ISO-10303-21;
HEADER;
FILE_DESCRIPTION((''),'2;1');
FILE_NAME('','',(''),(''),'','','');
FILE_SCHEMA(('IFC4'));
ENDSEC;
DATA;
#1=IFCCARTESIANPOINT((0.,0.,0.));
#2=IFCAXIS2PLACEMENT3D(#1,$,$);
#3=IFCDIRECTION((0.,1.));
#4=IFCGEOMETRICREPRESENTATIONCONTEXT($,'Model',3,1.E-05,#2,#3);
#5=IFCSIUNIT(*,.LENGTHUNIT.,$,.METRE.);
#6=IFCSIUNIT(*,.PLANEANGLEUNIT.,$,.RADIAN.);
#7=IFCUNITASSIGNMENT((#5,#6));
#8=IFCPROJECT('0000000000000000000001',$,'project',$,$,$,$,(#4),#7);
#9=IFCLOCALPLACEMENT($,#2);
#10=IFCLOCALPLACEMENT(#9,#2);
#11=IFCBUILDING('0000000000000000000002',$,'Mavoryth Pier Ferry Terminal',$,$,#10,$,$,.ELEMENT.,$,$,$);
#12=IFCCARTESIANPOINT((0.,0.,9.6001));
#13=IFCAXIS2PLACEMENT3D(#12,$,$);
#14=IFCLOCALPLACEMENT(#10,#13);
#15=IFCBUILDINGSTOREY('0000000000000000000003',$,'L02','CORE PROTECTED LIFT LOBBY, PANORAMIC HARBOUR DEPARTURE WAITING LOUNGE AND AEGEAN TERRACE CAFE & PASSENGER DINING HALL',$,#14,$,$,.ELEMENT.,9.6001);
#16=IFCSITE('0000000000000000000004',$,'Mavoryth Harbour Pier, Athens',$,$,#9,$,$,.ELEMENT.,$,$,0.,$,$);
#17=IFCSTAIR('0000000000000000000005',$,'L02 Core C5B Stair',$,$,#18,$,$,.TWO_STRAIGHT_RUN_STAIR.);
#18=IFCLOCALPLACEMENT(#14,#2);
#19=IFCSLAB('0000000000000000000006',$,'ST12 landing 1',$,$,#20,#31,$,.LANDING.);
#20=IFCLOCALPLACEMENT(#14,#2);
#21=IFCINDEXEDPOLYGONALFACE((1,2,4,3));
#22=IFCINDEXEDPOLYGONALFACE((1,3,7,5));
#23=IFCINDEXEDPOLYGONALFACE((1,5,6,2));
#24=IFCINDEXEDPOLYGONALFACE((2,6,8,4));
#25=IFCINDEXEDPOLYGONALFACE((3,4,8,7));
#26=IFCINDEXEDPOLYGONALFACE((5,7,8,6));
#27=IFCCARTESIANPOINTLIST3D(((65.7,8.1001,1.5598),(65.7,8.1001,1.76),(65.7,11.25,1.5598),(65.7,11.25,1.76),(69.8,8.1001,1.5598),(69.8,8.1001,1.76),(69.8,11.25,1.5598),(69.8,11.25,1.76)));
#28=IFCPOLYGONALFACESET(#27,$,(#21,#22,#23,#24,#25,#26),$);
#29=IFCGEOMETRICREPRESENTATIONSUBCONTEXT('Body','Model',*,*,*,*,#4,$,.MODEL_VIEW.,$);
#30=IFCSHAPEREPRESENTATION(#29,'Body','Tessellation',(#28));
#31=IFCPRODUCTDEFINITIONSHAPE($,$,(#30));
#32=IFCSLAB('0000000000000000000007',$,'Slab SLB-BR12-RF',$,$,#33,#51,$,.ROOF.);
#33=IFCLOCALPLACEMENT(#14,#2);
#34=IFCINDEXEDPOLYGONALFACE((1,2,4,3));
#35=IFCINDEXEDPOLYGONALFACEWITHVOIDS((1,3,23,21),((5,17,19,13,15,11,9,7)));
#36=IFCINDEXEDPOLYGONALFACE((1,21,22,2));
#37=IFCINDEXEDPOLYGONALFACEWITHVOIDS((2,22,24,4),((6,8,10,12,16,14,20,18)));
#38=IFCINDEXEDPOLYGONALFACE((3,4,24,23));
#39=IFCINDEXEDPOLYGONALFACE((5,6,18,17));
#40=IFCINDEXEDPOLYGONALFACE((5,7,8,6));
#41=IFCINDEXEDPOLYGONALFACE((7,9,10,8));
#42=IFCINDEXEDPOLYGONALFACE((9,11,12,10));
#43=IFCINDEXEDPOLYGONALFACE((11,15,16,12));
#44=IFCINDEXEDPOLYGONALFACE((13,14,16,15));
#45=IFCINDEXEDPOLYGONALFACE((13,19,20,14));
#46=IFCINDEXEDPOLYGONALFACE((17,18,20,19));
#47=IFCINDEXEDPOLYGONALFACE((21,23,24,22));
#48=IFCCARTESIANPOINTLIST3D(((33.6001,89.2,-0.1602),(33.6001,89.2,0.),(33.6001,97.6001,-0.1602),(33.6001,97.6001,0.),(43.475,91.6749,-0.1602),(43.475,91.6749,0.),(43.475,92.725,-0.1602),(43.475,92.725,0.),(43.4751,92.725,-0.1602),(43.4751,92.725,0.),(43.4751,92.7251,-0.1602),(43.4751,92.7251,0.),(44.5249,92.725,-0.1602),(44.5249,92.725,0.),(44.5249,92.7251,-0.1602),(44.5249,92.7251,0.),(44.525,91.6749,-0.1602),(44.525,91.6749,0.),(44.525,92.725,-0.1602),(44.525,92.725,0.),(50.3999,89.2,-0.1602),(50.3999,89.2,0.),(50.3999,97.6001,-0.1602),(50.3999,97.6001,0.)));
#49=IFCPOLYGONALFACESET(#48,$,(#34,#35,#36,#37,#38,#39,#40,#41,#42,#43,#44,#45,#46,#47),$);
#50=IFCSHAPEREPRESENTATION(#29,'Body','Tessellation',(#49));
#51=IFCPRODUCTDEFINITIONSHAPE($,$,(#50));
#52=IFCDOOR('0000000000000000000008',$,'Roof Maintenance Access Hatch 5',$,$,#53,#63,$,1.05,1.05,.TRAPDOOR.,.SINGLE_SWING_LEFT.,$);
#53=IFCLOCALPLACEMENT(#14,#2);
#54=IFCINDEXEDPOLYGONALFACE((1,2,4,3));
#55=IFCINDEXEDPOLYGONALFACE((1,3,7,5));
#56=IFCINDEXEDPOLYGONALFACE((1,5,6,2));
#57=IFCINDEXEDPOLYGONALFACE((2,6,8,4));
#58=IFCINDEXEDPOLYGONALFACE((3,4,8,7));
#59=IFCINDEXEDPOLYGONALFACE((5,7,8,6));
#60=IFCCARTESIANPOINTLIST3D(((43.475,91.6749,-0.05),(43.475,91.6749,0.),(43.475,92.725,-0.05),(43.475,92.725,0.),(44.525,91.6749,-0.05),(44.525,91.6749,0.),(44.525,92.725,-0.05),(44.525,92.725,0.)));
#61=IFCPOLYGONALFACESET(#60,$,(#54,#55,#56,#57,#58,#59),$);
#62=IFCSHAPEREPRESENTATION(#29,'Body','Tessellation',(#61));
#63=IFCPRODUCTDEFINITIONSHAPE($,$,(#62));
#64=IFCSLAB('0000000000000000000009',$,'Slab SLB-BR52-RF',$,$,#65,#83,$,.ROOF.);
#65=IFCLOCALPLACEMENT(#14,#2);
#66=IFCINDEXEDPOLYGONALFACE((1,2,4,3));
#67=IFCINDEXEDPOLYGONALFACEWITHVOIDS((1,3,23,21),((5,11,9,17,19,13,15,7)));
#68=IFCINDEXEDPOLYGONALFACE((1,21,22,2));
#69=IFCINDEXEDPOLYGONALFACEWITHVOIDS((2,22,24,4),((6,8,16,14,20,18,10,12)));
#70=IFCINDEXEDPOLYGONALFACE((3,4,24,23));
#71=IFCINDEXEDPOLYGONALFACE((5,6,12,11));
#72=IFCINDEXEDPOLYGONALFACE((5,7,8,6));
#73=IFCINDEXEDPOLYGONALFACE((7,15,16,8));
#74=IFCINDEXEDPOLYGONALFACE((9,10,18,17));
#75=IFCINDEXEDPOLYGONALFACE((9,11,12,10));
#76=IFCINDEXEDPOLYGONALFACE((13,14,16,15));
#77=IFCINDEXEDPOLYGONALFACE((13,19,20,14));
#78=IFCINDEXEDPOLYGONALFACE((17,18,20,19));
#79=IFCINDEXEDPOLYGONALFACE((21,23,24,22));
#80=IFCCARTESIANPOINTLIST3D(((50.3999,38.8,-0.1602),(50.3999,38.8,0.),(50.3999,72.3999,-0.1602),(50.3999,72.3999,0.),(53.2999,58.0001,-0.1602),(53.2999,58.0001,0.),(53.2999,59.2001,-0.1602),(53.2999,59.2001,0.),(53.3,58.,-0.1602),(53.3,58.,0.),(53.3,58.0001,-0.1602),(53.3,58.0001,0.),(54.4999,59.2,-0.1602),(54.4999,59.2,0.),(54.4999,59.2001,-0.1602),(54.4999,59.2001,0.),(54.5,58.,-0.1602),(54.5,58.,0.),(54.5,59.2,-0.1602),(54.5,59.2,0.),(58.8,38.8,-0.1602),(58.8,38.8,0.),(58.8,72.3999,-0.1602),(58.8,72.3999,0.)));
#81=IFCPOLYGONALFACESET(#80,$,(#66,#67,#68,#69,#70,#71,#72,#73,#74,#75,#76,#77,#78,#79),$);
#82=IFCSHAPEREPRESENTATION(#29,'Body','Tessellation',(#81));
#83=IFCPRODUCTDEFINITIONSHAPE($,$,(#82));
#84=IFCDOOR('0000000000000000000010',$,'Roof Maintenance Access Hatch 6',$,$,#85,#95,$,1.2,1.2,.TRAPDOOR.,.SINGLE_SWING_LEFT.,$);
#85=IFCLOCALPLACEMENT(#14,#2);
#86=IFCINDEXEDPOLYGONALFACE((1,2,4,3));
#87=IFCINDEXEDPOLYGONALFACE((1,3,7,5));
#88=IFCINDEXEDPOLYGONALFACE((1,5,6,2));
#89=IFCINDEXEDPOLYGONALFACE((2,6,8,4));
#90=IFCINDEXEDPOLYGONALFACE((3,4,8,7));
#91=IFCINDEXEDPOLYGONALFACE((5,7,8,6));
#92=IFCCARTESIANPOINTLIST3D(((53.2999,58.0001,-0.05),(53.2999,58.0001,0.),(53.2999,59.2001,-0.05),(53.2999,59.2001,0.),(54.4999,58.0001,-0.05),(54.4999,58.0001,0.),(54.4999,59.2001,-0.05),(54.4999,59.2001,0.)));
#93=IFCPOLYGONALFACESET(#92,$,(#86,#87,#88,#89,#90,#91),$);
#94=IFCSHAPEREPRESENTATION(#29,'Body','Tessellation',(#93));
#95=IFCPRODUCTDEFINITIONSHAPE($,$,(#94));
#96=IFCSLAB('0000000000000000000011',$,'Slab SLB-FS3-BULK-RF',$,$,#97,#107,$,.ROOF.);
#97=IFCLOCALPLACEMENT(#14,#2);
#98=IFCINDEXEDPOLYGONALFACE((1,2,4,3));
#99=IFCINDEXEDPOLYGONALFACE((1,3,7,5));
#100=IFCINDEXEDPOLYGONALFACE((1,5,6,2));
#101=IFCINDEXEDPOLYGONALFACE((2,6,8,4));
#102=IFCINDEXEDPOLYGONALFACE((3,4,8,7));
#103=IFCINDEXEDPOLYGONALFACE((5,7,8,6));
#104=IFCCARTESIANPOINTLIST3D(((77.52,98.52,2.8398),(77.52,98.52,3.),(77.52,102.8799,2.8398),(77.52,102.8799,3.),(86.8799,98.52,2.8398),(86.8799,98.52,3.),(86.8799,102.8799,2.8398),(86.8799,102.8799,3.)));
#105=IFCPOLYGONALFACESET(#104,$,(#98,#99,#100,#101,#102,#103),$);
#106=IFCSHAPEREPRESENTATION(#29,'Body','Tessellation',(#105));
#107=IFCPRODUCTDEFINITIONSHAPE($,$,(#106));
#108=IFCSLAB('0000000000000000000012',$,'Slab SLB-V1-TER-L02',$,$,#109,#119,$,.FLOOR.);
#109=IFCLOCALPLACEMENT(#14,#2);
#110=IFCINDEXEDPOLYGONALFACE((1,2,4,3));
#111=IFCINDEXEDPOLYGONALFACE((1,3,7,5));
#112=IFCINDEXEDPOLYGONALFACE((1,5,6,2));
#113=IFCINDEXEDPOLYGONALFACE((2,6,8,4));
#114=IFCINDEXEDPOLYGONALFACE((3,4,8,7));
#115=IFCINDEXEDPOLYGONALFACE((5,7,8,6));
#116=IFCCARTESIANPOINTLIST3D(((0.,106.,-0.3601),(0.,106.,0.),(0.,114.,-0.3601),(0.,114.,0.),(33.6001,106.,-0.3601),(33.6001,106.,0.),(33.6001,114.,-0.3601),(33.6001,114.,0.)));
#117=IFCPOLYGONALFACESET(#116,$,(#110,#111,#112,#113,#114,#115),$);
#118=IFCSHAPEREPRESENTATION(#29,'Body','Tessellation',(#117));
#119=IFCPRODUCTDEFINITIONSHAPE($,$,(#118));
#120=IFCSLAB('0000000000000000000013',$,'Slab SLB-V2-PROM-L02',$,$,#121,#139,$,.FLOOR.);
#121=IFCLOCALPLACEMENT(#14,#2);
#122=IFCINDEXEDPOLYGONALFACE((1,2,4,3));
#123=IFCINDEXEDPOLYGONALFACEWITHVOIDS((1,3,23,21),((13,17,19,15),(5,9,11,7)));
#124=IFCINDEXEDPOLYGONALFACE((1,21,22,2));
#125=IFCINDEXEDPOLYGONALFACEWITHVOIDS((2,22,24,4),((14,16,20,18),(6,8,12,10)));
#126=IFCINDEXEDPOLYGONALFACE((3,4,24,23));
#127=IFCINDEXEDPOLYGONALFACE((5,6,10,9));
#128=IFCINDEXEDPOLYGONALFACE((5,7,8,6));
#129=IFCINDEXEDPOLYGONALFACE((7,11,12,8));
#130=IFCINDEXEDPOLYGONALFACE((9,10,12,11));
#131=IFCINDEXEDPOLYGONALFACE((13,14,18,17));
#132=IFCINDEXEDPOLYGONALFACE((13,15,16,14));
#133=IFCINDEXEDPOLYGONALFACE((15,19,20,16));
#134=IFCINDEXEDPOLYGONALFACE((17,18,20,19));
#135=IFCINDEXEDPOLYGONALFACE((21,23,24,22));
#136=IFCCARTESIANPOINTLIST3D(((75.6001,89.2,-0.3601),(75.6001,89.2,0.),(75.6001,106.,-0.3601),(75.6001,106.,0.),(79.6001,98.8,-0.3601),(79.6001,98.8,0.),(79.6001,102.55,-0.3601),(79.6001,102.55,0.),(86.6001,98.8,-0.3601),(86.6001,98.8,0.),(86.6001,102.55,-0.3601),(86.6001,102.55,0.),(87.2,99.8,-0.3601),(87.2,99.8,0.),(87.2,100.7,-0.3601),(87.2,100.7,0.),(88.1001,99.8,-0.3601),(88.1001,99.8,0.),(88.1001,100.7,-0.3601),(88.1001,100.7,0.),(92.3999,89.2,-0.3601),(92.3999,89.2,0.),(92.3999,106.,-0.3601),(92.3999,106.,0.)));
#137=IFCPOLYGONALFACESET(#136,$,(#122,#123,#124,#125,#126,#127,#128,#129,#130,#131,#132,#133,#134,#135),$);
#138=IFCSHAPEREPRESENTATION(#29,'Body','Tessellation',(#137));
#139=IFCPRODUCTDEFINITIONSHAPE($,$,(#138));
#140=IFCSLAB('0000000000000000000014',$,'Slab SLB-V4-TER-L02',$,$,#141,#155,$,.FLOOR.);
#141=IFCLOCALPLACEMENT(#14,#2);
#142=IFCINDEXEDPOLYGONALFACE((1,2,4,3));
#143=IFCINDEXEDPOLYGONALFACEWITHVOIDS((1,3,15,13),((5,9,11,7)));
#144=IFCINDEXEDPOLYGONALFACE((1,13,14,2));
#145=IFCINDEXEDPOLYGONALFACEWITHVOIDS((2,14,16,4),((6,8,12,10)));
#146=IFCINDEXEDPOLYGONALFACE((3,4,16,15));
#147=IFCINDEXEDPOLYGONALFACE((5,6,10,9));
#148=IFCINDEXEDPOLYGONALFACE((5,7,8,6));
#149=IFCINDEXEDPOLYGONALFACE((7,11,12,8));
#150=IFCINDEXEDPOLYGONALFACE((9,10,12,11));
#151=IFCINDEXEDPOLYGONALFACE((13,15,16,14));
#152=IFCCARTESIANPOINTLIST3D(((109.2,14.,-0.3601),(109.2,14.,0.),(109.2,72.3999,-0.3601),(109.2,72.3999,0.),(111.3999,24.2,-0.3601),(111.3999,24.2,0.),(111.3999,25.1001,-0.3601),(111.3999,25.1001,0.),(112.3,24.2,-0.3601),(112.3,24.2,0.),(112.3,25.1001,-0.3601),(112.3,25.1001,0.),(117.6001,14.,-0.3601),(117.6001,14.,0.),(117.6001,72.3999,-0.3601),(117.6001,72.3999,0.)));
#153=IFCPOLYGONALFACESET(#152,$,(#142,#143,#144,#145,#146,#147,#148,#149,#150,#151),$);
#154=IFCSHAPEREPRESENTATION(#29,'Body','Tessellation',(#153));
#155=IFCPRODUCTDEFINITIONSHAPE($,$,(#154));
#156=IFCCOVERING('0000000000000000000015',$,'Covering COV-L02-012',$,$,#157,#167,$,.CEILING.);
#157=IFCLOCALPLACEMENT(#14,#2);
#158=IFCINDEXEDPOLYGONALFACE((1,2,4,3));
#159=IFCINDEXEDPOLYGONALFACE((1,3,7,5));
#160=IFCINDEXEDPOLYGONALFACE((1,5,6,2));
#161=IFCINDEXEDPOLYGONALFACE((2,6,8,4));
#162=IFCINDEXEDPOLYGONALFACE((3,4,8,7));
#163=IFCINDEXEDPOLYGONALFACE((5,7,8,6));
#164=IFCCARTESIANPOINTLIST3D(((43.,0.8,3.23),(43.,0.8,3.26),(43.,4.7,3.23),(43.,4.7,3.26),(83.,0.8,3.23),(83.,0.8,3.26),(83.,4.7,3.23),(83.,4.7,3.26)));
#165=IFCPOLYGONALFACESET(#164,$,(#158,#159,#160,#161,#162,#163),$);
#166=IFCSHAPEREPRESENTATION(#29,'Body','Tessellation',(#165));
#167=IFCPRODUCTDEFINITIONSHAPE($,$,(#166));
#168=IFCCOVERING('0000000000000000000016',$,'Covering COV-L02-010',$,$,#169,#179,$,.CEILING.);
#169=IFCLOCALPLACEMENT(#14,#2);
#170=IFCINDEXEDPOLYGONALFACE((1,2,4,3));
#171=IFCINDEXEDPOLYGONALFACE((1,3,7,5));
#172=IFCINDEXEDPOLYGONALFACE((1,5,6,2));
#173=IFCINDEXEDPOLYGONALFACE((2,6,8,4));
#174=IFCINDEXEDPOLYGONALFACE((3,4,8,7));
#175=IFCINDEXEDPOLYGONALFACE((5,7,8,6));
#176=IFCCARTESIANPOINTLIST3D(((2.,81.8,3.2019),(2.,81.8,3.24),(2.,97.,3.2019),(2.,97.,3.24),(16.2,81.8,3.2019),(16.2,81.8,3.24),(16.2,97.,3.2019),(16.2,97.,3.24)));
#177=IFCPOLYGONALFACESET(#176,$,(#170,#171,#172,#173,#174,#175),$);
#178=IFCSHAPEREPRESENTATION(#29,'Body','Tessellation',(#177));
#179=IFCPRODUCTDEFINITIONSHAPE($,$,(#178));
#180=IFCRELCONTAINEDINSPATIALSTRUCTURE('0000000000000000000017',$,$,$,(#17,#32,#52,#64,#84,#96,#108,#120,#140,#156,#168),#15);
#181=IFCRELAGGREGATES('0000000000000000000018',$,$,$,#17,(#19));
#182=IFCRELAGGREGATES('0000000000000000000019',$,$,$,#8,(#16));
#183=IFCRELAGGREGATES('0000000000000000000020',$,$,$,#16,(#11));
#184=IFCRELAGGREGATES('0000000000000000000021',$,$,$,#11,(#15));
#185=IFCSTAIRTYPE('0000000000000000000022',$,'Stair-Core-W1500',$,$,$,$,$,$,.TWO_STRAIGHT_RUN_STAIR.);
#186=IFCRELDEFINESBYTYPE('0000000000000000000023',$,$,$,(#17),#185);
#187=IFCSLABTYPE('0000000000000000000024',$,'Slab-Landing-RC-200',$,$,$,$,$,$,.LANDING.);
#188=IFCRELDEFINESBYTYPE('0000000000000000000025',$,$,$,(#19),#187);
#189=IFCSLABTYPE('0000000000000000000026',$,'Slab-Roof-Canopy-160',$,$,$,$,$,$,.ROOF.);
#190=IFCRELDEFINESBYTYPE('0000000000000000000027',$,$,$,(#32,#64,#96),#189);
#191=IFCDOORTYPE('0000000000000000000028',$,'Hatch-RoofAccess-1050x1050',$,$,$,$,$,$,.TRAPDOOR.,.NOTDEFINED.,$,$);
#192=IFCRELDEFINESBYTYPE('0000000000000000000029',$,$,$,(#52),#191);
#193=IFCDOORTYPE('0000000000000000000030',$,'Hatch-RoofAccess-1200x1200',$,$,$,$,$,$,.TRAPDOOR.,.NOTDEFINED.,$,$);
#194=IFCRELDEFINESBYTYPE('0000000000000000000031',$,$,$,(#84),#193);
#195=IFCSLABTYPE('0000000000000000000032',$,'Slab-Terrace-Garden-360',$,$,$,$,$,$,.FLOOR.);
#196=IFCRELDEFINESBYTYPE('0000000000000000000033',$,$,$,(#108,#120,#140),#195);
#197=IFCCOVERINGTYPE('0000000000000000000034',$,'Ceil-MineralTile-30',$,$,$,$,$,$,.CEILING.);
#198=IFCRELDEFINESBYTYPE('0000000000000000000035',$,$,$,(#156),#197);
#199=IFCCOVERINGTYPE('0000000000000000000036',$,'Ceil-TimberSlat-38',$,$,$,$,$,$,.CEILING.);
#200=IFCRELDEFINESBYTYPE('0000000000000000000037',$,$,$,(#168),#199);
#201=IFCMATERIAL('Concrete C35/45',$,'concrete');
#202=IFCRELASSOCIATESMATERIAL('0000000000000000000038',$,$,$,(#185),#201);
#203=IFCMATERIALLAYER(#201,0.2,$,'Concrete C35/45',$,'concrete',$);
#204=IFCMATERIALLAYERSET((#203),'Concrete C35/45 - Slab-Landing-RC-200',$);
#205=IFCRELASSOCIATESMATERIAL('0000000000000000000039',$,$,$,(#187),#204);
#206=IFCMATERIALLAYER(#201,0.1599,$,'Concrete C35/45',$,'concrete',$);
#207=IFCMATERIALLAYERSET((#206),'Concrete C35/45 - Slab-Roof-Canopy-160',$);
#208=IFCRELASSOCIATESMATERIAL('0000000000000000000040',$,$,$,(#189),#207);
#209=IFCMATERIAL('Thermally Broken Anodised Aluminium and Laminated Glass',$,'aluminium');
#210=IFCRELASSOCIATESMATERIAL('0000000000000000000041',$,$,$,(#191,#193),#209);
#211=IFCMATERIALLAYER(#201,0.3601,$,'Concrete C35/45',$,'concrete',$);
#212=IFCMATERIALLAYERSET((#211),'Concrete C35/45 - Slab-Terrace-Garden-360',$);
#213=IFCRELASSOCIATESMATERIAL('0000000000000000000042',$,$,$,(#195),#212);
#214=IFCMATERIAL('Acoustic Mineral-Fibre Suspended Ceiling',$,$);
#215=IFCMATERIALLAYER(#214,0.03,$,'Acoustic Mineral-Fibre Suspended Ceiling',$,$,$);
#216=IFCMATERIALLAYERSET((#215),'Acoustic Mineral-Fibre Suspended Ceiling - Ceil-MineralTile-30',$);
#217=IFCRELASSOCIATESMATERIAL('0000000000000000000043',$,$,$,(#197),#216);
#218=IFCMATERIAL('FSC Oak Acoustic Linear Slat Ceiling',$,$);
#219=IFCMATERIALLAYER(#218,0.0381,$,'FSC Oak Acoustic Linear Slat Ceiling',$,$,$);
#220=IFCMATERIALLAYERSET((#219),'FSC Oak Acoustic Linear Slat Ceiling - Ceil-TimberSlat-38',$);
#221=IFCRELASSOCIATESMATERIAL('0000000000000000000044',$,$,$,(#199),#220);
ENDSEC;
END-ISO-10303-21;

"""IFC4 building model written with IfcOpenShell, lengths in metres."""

from ifc_helpers import new_model, si_unit, direction, frame, origin, origin_2d, place, context, subcontext, project, spatial, polyline, rectangle, outline, extrude, material, layer, layer_set, type_object, element, fill, aggregate, save


model = new_model("IFC4")

# Units and contexts
model_context = context("Model", 3, precision=1e-05, world=origin(), true_north=direction((0.0, 1.0)))
body_context = subcontext(model_context, "Body", "Model", "MODEL_VIEW")
ifc_project = project(units=[si_unit("LENGTHUNIT", "METRE"), si_unit("PLANEANGLEUNIT", "RADIAN")], contexts=[model_context])

# Site, building, storey
site_placement = place(None, origin())
site = spatial("IfcSite", under=ifc_project, at=site_placement, Name="Mavoryth Harbour Pier, Athens", CompositionType="ELEMENT", RefElevation=0.0)
building_placement = place(site_placement, origin())
building = spatial("IfcBuilding", under=site, at=building_placement, Name="Mavoryth Pier Ferry Terminal", CompositionType="ELEMENT")
storey_placement = place(building_placement, frame((0.0, 0.0, 9.6001)))
storey = spatial("IfcBuildingStorey", under=building, at=storey_placement, Name="L02", Description="CORE PROTECTED LIFT LOBBY, PANORAMIC HARBOUR DEPARTURE WAITING LOUNGE AND AEGEAN TERRACE CAFE & PASSENGER DINING HALL", CompositionType="ELEMENT", Elevation=9.6001)

# Shared definitions
ifc_material_1 = material(Name="Concrete C35/45", Category="concrete")

# Stair, slab
stair_type = type_object("IfcStairType", Name="Stair-Core-W1500", PredefinedType="TWO_STRAIGHT_RUN_STAIR", material=ifc_material_1)
ifc_layer_1 = layer(ifc_material_1, 0.2, Name="Concrete C35/45", Category="concrete")
ifc_layer_set_1 = layer_set([ifc_layer_1], Name="Concrete C35/45 - Slab-Landing-RC-200")
slab_type_1 = type_object("IfcSlabType", Name="Slab-Landing-RC-200", PredefinedType="LANDING", material=ifc_layer_set_1)
stair_1_placement = place(storey_placement, origin())
stair_1 = element("IfcStair", 1, at=stair_1_placement, inside=storey, type_object=stair_type, Name="L02 Core C5B Stair", PredefinedType="TWO_STRAIGHT_RUN_STAIR")
slab_1_placement = place(storey_placement, frame((0.0, 0.0, 1.5598)))
slab_1 = element("IfcSlab", 2, at=slab_1_placement, type_object=slab_type_1, Name="ST12 landing 1", PredefinedType="LANDING", context=body_context, shape_type="SweptSolid", body=[
    extrude(outline(polyline([(65.7, 8.1001), (69.8, 8.1001), (69.8, 11.25), (65.7, 11.25), (65.7, 8.1001)])), origin(), (0.0, 0.0, 1.0), 0.2002),
])
aggregate(stair_1, [slab_1])

# Slabs, openings, doors
ifc_layer_2 = layer(ifc_material_1, 0.1599, Name="Concrete C35/45", Category="concrete")
ifc_layer_set_2 = layer_set([ifc_layer_2], Name="Concrete C35/45 - Slab-Roof-Canopy-160")
slab_type_2 = type_object("IfcSlabType", Name="Slab-Roof-Canopy-160", PredefinedType="ROOF", material=ifc_layer_set_2)
slab_2_placement = place(storey_placement, frame((0.0, 0.0, -0.1602)))
slab_2 = element("IfcSlab", 3, at=slab_2_placement, inside=storey, type_object=slab_type_2, Name="Slab SLB-BR12-RF", PredefinedType="ROOF", context=body_context, shape_type="SweptSolid", body=[
    extrude(outline(polyline([(33.6001, 89.2), (50.3999, 89.2), (50.3999, 97.6001), (33.6001, 97.6001), (33.6001, 89.2)]), holes=[polyline([(43.4751, 91.675), (44.5249, 91.675), (44.5249, 92.7251), (43.4751, 92.7251), (43.4751, 91.675)])]), origin(), (0.0, 0.0, 1.0), 0.1602),
])
opening_1_placement = place(slab_2_placement, frame((44.0, 92.2, 0.0)))
opening_1 = element("IfcOpeningElement", 4, at=opening_1_placement, cuts=slab_2, PredefinedType="OPENING", context=body_context, shape_type="SweptSolid", body=[
    extrude(rectangle(XDim=1.05, YDim=1.05, at=origin_2d()), frame((0.0, 0.0, -0.01)), (0.0, 0.0, 1.0), 0.1802),
])
ifc_material_2 = material(Name="Thermally Broken Anodised Aluminium and Laminated Glass", Category="aluminium")
door_type_1 = type_object("IfcDoorType", Name="Hatch-RoofAccess-1050x1050", OperationType="NOTDEFINED", PredefinedType="TRAPDOOR", material=ifc_material_2)
door_1_placement = place(opening_1_placement, frame((0.0, 0.0, 0.1101)))
door_1 = element("IfcDoor", 5, at=door_1_placement, inside=storey, type_object=door_type_1, Name="Roof Maintenance Access Hatch 5", OperationType="SINGLE_SWING_LEFT", OverallHeight=1.05, OverallWidth=1.05, PredefinedType="TRAPDOOR", context=body_context, shape_type="SweptSolid", body=[
    extrude(rectangle(XDim=1.05, YDim=1.05, at=origin_2d()), origin(), (0.0, 0.0, 1.0), 0.05),
])
fill(opening_1, door_1)
slab_3_placement = place(storey_placement, frame((0.0, 0.0, -0.1602)))
slab_3 = element("IfcSlab", 6, at=slab_3_placement, inside=storey, type_object=slab_type_2, Name="Slab SLB-BR52-RF", PredefinedType="ROOF", context=body_context, shape_type="SweptSolid", body=[
    extrude(outline(polyline([(50.3999, 38.8), (58.8, 38.8), (58.8, 72.3999), (50.3999, 72.3999), (50.3999, 38.8)]), holes=[polyline([(53.3, 58.0), (54.5, 58.0), (54.5, 59.2), (53.3, 59.2), (53.3, 58.0)])]), origin(), (0.0, 0.0, 1.0), 0.1602),
])
opening_2_placement = place(slab_3_placement, frame((53.8999, 58.6001, 0.0)))
opening_2 = element("IfcOpeningElement", 7, at=opening_2_placement, cuts=slab_3, PredefinedType="OPENING", context=body_context, shape_type="SweptSolid", body=[
    extrude(rectangle(XDim=1.2, YDim=1.2, at=origin_2d()), frame((0.0, 0.0, -0.01)), (0.0, 0.0, 1.0), 0.1802),
])
door_type_2 = type_object("IfcDoorType", Name="Hatch-RoofAccess-1200x1200", OperationType="NOTDEFINED", PredefinedType="TRAPDOOR", material=ifc_material_2)
door_2_placement = place(opening_2_placement, frame((0.0, 0.0, 0.1101)))
door_2 = element("IfcDoor", 8, at=door_2_placement, inside=storey, type_object=door_type_2, Name="Roof Maintenance Access Hatch 6", OperationType="SINGLE_SWING_LEFT", OverallHeight=1.2, OverallWidth=1.2, PredefinedType="TRAPDOOR", context=body_context, shape_type="SweptSolid", body=[
    extrude(rectangle(XDim=1.2, YDim=1.2, at=origin_2d()), origin(), (0.0, 0.0, 1.0), 0.05),
])
fill(opening_2, door_2)

# Slabs
slab_4_placement = place(storey_placement, frame((0.0, 0.0, 2.8398)))
element("IfcSlab", 9, at=slab_4_placement, inside=storey, type_object=slab_type_2, Name="Slab SLB-FS3-BULK-RF", PredefinedType="ROOF", context=body_context, shape_type="SweptSolid", body=[
    extrude(outline(polyline([(77.52, 98.52), (86.8799, 98.52), (86.8799, 102.8799), (77.52, 102.8799), (77.52, 98.52)])), origin(), (0.0, 0.0, 1.0), 0.1602),
])
ifc_layer_3 = layer(ifc_material_1, 0.3601, Name="Concrete C35/45", Category="concrete")
ifc_layer_set_3 = layer_set([ifc_layer_3], Name="Concrete C35/45 - Slab-Terrace-Garden-360")
slab_type_3 = type_object("IfcSlabType", Name="Slab-Terrace-Garden-360", PredefinedType="FLOOR", material=ifc_layer_set_3)
slab_5_placement = place(storey_placement, frame((0.0, 0.0, -0.3601)))
element("IfcSlab", 10, at=slab_5_placement, inside=storey, type_object=slab_type_3, Name="Slab SLB-V1-TER-L02", PredefinedType="FLOOR", context=body_context, shape_type="SweptSolid", body=[
    extrude(outline(polyline([(0.0, 106.0), (33.6001, 106.0), (33.6001, 114.0), (0.0, 114.0), (0.0, 106.0)])), origin(), (0.0, 0.0, 1.0), 0.3601),
])
slab_6_placement = place(storey_placement, frame((0.0, 0.0, -0.3601)))
element("IfcSlab", 11, at=slab_6_placement, inside=storey, type_object=slab_type_3, Name="Slab SLB-V2-PROM-L02", PredefinedType="FLOOR", context=body_context, shape_type="SweptSolid", body=[
    extrude(outline(polyline([(75.6001, 89.2), (92.3999, 89.2), (92.3999, 106.0), (75.6001, 106.0), (75.6001, 89.2)]), holes=[polyline([(79.6001, 98.8), (86.6001, 98.8), (86.6001, 102.55), (79.6001, 102.55), (79.6001, 98.8)]), polyline([(87.2, 99.8), (88.1001, 99.8), (88.1001, 100.7), (87.2, 100.7), (87.2, 99.8)])]), origin(), (0.0, 0.0, 1.0), 0.3601),
])
slab_7_placement = place(storey_placement, frame((0.0, 0.0, -0.3601)))
element("IfcSlab", 12, at=slab_7_placement, inside=storey, type_object=slab_type_3, Name="Slab SLB-V4-TER-L02", PredefinedType="FLOOR", context=body_context, shape_type="SweptSolid", body=[
    extrude(outline(polyline([(109.2, 14.0), (117.6001, 14.0), (117.6001, 72.3999), (109.2, 72.3999), (109.2, 14.0)]), holes=[polyline([(111.3999, 24.2), (112.3, 24.2), (112.3, 25.1001), (111.3999, 25.1001), (111.3999, 24.2)])]), origin(), (0.0, 0.0, 1.0), 0.3601),
])

# Coverings
ifc_material_3 = material(Name="Acoustic Mineral-Fibre Suspended Ceiling")
ifc_layer_4 = layer(ifc_material_3, 0.03, Name="Acoustic Mineral-Fibre Suspended Ceiling")
ifc_layer_set_4 = layer_set([ifc_layer_4], Name="Acoustic Mineral-Fibre Suspended Ceiling - Ceil-MineralTile-30")
covering_type_1 = type_object("IfcCoveringType", Name="Ceil-MineralTile-30", PredefinedType="CEILING", material=ifc_layer_set_4)
covering_1_placement = place(storey_placement, frame((0.0, 0.0, 3.23)))
element("IfcCovering", 13, at=covering_1_placement, inside=storey, type_object=covering_type_1, Name="Covering COV-L02-012", PredefinedType="CEILING", context=body_context, shape_type="SweptSolid", body=[
    extrude(outline(polyline([(43.0, 0.8), (83.0, 0.8), (83.0, 4.7), (43.0, 4.7), (43.0, 0.8)])), origin(), (0.0, 0.0, 1.0), 0.03),
])
ifc_material_4 = material(Name="FSC Oak Acoustic Linear Slat Ceiling")
ifc_layer_5 = layer(ifc_material_4, 0.0381, Name="FSC Oak Acoustic Linear Slat Ceiling")
ifc_layer_set_5 = layer_set([ifc_layer_5], Name="FSC Oak Acoustic Linear Slat Ceiling - Ceil-TimberSlat-38")
covering_type_2 = type_object("IfcCoveringType", Name="Ceil-TimberSlat-38", PredefinedType="CEILING", material=ifc_layer_set_5)
covering_2_placement = place(storey_placement, frame((0.0, 0.0, 3.2019)))
element("IfcCovering", 14, at=covering_2_placement, inside=storey, type_object=covering_type_2, Name="Covering COV-L02-010", PredefinedType="CEILING", context=body_context, shape_type="SweptSolid", body=[
    extrude(outline(polyline([(2.0, 81.8), (16.2, 81.8), (16.2, 97.0), (2.0, 97.0), (2.0, 81.8)])), origin(), (0.0, 0.0, 1.0), 0.0381),
])

save(model, "model.ifc")
